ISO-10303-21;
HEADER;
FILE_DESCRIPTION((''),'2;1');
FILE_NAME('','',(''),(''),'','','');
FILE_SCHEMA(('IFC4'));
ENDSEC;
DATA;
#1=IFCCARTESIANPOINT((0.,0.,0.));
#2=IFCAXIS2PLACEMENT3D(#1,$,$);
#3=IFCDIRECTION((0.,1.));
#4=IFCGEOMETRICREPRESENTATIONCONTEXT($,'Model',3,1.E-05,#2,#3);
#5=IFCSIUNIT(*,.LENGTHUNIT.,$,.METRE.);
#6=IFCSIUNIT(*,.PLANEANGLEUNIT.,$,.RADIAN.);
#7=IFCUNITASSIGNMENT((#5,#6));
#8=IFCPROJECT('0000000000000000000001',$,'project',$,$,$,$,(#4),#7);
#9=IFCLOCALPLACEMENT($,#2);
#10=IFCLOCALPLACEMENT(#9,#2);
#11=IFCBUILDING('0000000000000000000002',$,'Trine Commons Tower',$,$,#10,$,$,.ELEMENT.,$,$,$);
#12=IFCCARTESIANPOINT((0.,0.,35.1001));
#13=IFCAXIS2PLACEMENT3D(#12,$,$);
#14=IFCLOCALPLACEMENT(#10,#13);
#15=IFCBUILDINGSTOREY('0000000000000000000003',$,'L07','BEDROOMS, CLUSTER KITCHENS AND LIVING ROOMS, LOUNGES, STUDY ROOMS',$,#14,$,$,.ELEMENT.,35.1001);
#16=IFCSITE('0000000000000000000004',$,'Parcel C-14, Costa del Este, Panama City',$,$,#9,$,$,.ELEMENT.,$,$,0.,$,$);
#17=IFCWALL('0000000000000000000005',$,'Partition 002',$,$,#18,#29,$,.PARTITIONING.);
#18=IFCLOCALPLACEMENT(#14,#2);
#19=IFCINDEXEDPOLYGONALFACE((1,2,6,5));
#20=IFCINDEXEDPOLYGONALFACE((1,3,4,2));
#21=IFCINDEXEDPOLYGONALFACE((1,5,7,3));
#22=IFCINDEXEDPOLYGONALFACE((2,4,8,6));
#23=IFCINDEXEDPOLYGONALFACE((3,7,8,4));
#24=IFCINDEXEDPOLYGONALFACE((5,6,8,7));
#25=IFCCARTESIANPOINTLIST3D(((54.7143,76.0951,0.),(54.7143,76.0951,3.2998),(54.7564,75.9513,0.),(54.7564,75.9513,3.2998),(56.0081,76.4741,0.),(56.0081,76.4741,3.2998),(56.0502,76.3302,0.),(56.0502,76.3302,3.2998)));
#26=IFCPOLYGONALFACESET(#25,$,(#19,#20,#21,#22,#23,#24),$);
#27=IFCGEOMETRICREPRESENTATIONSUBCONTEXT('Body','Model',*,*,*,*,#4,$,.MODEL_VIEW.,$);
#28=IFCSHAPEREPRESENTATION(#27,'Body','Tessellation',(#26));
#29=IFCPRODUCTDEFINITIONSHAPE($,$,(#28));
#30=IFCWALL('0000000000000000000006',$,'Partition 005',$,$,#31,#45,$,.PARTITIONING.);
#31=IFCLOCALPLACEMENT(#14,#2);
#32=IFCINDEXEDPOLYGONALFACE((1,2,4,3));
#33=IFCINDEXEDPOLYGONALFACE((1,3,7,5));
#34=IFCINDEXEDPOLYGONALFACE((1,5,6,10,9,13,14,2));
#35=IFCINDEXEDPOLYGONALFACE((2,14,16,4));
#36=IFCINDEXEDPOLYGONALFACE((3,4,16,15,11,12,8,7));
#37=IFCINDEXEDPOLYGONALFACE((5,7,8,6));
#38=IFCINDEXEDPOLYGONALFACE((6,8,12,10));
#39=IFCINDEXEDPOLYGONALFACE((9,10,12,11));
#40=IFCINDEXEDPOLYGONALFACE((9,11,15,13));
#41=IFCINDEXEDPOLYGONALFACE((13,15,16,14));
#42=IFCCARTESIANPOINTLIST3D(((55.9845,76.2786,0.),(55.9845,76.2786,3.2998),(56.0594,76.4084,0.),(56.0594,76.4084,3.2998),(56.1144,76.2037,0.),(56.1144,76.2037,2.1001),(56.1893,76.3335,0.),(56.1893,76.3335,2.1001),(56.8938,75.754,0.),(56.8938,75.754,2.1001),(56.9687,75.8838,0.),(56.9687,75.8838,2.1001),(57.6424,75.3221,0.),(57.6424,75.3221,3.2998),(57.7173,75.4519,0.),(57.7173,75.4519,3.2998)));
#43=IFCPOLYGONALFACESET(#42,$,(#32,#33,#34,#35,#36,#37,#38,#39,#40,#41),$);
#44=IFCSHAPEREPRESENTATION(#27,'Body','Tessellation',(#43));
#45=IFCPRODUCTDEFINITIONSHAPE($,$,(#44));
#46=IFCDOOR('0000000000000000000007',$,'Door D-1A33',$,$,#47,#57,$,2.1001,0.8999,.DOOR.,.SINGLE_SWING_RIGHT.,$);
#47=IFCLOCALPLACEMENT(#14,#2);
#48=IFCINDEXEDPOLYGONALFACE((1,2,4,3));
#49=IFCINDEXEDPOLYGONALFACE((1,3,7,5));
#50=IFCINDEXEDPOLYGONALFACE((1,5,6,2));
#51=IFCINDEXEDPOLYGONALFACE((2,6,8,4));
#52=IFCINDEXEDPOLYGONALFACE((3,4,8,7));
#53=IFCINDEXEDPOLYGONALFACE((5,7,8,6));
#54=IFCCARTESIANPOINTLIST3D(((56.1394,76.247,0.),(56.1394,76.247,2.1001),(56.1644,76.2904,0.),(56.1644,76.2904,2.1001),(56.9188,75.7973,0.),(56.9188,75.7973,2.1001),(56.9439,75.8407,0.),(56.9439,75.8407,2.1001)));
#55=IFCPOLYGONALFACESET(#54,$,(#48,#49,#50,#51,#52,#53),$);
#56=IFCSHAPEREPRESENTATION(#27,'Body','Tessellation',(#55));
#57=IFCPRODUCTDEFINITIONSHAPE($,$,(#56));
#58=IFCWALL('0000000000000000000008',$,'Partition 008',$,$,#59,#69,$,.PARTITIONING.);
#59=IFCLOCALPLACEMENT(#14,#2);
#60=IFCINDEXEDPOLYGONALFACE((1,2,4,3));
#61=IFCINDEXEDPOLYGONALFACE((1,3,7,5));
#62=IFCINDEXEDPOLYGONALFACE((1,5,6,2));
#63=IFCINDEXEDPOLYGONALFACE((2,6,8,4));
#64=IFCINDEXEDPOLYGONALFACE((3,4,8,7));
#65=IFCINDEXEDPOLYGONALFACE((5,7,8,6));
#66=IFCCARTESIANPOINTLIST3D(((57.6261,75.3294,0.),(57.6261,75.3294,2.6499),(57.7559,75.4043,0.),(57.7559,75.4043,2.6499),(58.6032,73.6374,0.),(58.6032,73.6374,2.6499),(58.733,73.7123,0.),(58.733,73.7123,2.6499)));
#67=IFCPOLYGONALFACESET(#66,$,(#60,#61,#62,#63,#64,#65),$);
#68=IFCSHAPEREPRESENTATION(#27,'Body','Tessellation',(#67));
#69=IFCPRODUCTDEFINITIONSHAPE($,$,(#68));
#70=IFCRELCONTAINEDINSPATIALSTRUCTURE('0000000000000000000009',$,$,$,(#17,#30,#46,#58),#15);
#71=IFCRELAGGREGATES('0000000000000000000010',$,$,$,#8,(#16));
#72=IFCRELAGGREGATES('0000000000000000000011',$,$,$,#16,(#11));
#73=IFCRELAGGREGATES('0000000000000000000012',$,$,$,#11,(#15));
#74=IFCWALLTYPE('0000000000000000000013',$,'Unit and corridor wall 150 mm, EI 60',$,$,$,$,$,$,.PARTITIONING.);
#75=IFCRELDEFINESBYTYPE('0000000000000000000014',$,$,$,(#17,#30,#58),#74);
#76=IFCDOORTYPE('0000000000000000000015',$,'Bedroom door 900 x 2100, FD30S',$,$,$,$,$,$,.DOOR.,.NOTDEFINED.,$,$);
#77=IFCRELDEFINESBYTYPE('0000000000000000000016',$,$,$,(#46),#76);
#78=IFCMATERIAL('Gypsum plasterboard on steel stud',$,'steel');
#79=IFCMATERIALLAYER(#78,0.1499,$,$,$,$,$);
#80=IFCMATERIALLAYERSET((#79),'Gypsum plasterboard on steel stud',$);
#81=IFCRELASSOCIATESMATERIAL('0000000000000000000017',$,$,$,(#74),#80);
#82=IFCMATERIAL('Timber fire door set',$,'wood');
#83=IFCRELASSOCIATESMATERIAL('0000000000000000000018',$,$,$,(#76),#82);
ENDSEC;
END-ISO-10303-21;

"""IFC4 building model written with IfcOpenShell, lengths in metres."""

from ifc_helpers import new_model, si_unit, direction, frame, frame_2d, origin, place, context, subcontext, project, spatial, rectangle, extrude, material, layer, layer_set, type_object, element, fill, save


model = new_model("IFC4")

# Units and contexts
model_context = context("Model", 3, precision=1e-05, world=origin(), true_north=direction((0.0, 1.0)))
body_context = subcontext(model_context, "Body", "Model", "MODEL_VIEW")
ifc_project = project(units=[si_unit("LENGTHUNIT", "METRE"), si_unit("PLANEANGLEUNIT", "RADIAN")], contexts=[model_context])

# Site, building, storey
site_placement = place(None, origin())
site = spatial("IfcSite", under=ifc_project, at=site_placement, Name="Parcel C-14, Costa del Este, Panama City", CompositionType="ELEMENT", RefElevation=0.0)
building_placement = place(site_placement, origin())
building = spatial("IfcBuilding", under=site, at=building_placement, Name="Trine Commons Tower", CompositionType="ELEMENT")
storey_placement = place(building_placement, frame((0.0, 0.0, 35.1001)))
storey = spatial("IfcBuildingStorey", under=building, at=storey_placement, Name="L07", Description="BEDROOMS, CLUSTER KITCHENS AND LIVING ROOMS, LOUNGES, STUDY ROOMS", CompositionType="ELEMENT", Elevation=35.1001)

# Wall
ifc_material_1 = material(Name="Gypsum plasterboard on steel stud", Category="steel")
ifc_layer_1 = layer(ifc_material_1, 0.1499)
ifc_layer_set_1 = layer_set([ifc_layer_1], Name="Gypsum plasterboard on steel stud")
wall_type_1 = type_object("IfcWallType", Name="Unit and corridor wall 150 mm, EI 60", PredefinedType="PARTITIONING", material=ifc_layer_set_1)
wall_1_placement = place(storey_placement, frame((54.7354, 76.0232, 0.0), z_axis=(0.0, 0.0, 1.0), x_axis=(0.959685, 0.281078, 0.0)))
element("IfcWall", 1, at=wall_1_placement, inside=storey, type_object=wall_type_1, Name="Partition 002", PredefinedType="PARTITIONING", context=body_context, shape_type="SweptSolid", body=[
    extrude(rectangle(XDim=1.3481, YDim=0.1499, at=frame_2d((0.6741, 0.0))), origin(), (0.0, 0.0, 1.0), 3.2998),
])

# Wall, opening, door
wall_2_placement = place(storey_placement, frame((56.022, 76.3435, 0.0), z_axis=(0.0, 0.0, 1.0), x_axis=(0.866179, -0.499733, 0.0)))
wall_2 = element("IfcWall", 2, at=wall_2_placement, inside=storey, type_object=wall_type_1, Name="Partition 005", PredefinedType="PARTITIONING", context=body_context, shape_type="SweptSolid", body=[
    extrude(rectangle(XDim=1.9141, YDim=0.1499, at=frame_2d((0.957, 0.0))), origin(), (0.0, 0.0, 1.0), 3.2998),
])
opening_1_placement = place(wall_2_placement, frame((0.1499, 0.0, 0.0)))
opening_1 = element("IfcOpeningElement", 3, at=opening_1_placement, cuts=wall_2, PredefinedType="OPENING", context=body_context, shape_type="SweptSolid", body=[
    extrude(rectangle(XDim=0.8999, YDim=2.1001, at=frame_2d((0.45, 1.05))), frame((0.0, 0.085, 0.0), z_axis=(0.0, -1.0, 0.0), x_axis=(1.0, 0.0, 0.0)), (0.0, 0.0, 1.0), 0.1699),
])
ifc_material_2 = material(Name="Timber fire door set", Category="wood")
door_type_1 = type_object("IfcDoorType", Name="Bedroom door 900 x 2100, FD30S", OperationType="NOTDEFINED", PredefinedType="DOOR", material=ifc_material_2)
door_1_placement = place(opening_1_placement, frame((0.8999, 0.0, 0.0), z_axis=(0.0, 0.0, 1.0), x_axis=(-1.0, 0.0, 0.0)))
door_1 = element("IfcDoor", 4, at=door_1_placement, inside=storey, type_object=door_type_1, Name="Door D-1A33", OperationType="SINGLE_SWING_RIGHT", OverallHeight=2.1001, OverallWidth=0.8999, PredefinedType="DOOR", context=body_context, shape_type="SweptSolid", body=[
    extrude(rectangle(XDim=0.8999, YDim=2.1001, at=frame_2d((0.45, 1.05))), frame((0.0, 0.0249, 0.0), z_axis=(0.0, -1.0, 0.0), x_axis=(1.0, 0.0, 0.0)), (0.0, 0.0, 1.0), 0.05),
])
fill(opening_1, door_1)

# Wall
wall_3_placement = place(storey_placement, frame((57.6909, 75.3669, 0.0), z_axis=(0.0, 0.0, 1.0), x_axis=(0.50009, -0.865973, 0.0)))
element("IfcWall", 5, at=wall_3_placement, inside=storey, type_object=wall_type_1, Name="Partition 008", PredefinedType="PARTITIONING", context=body_context, shape_type="SweptSolid", body=[
    extrude(rectangle(XDim=1.9539, YDim=0.1499, at=frame_2d((0.9771, 0.0))), origin(), (0.0, 0.0, 1.0), 2.6499),
])

save(model, "model.ifc")
